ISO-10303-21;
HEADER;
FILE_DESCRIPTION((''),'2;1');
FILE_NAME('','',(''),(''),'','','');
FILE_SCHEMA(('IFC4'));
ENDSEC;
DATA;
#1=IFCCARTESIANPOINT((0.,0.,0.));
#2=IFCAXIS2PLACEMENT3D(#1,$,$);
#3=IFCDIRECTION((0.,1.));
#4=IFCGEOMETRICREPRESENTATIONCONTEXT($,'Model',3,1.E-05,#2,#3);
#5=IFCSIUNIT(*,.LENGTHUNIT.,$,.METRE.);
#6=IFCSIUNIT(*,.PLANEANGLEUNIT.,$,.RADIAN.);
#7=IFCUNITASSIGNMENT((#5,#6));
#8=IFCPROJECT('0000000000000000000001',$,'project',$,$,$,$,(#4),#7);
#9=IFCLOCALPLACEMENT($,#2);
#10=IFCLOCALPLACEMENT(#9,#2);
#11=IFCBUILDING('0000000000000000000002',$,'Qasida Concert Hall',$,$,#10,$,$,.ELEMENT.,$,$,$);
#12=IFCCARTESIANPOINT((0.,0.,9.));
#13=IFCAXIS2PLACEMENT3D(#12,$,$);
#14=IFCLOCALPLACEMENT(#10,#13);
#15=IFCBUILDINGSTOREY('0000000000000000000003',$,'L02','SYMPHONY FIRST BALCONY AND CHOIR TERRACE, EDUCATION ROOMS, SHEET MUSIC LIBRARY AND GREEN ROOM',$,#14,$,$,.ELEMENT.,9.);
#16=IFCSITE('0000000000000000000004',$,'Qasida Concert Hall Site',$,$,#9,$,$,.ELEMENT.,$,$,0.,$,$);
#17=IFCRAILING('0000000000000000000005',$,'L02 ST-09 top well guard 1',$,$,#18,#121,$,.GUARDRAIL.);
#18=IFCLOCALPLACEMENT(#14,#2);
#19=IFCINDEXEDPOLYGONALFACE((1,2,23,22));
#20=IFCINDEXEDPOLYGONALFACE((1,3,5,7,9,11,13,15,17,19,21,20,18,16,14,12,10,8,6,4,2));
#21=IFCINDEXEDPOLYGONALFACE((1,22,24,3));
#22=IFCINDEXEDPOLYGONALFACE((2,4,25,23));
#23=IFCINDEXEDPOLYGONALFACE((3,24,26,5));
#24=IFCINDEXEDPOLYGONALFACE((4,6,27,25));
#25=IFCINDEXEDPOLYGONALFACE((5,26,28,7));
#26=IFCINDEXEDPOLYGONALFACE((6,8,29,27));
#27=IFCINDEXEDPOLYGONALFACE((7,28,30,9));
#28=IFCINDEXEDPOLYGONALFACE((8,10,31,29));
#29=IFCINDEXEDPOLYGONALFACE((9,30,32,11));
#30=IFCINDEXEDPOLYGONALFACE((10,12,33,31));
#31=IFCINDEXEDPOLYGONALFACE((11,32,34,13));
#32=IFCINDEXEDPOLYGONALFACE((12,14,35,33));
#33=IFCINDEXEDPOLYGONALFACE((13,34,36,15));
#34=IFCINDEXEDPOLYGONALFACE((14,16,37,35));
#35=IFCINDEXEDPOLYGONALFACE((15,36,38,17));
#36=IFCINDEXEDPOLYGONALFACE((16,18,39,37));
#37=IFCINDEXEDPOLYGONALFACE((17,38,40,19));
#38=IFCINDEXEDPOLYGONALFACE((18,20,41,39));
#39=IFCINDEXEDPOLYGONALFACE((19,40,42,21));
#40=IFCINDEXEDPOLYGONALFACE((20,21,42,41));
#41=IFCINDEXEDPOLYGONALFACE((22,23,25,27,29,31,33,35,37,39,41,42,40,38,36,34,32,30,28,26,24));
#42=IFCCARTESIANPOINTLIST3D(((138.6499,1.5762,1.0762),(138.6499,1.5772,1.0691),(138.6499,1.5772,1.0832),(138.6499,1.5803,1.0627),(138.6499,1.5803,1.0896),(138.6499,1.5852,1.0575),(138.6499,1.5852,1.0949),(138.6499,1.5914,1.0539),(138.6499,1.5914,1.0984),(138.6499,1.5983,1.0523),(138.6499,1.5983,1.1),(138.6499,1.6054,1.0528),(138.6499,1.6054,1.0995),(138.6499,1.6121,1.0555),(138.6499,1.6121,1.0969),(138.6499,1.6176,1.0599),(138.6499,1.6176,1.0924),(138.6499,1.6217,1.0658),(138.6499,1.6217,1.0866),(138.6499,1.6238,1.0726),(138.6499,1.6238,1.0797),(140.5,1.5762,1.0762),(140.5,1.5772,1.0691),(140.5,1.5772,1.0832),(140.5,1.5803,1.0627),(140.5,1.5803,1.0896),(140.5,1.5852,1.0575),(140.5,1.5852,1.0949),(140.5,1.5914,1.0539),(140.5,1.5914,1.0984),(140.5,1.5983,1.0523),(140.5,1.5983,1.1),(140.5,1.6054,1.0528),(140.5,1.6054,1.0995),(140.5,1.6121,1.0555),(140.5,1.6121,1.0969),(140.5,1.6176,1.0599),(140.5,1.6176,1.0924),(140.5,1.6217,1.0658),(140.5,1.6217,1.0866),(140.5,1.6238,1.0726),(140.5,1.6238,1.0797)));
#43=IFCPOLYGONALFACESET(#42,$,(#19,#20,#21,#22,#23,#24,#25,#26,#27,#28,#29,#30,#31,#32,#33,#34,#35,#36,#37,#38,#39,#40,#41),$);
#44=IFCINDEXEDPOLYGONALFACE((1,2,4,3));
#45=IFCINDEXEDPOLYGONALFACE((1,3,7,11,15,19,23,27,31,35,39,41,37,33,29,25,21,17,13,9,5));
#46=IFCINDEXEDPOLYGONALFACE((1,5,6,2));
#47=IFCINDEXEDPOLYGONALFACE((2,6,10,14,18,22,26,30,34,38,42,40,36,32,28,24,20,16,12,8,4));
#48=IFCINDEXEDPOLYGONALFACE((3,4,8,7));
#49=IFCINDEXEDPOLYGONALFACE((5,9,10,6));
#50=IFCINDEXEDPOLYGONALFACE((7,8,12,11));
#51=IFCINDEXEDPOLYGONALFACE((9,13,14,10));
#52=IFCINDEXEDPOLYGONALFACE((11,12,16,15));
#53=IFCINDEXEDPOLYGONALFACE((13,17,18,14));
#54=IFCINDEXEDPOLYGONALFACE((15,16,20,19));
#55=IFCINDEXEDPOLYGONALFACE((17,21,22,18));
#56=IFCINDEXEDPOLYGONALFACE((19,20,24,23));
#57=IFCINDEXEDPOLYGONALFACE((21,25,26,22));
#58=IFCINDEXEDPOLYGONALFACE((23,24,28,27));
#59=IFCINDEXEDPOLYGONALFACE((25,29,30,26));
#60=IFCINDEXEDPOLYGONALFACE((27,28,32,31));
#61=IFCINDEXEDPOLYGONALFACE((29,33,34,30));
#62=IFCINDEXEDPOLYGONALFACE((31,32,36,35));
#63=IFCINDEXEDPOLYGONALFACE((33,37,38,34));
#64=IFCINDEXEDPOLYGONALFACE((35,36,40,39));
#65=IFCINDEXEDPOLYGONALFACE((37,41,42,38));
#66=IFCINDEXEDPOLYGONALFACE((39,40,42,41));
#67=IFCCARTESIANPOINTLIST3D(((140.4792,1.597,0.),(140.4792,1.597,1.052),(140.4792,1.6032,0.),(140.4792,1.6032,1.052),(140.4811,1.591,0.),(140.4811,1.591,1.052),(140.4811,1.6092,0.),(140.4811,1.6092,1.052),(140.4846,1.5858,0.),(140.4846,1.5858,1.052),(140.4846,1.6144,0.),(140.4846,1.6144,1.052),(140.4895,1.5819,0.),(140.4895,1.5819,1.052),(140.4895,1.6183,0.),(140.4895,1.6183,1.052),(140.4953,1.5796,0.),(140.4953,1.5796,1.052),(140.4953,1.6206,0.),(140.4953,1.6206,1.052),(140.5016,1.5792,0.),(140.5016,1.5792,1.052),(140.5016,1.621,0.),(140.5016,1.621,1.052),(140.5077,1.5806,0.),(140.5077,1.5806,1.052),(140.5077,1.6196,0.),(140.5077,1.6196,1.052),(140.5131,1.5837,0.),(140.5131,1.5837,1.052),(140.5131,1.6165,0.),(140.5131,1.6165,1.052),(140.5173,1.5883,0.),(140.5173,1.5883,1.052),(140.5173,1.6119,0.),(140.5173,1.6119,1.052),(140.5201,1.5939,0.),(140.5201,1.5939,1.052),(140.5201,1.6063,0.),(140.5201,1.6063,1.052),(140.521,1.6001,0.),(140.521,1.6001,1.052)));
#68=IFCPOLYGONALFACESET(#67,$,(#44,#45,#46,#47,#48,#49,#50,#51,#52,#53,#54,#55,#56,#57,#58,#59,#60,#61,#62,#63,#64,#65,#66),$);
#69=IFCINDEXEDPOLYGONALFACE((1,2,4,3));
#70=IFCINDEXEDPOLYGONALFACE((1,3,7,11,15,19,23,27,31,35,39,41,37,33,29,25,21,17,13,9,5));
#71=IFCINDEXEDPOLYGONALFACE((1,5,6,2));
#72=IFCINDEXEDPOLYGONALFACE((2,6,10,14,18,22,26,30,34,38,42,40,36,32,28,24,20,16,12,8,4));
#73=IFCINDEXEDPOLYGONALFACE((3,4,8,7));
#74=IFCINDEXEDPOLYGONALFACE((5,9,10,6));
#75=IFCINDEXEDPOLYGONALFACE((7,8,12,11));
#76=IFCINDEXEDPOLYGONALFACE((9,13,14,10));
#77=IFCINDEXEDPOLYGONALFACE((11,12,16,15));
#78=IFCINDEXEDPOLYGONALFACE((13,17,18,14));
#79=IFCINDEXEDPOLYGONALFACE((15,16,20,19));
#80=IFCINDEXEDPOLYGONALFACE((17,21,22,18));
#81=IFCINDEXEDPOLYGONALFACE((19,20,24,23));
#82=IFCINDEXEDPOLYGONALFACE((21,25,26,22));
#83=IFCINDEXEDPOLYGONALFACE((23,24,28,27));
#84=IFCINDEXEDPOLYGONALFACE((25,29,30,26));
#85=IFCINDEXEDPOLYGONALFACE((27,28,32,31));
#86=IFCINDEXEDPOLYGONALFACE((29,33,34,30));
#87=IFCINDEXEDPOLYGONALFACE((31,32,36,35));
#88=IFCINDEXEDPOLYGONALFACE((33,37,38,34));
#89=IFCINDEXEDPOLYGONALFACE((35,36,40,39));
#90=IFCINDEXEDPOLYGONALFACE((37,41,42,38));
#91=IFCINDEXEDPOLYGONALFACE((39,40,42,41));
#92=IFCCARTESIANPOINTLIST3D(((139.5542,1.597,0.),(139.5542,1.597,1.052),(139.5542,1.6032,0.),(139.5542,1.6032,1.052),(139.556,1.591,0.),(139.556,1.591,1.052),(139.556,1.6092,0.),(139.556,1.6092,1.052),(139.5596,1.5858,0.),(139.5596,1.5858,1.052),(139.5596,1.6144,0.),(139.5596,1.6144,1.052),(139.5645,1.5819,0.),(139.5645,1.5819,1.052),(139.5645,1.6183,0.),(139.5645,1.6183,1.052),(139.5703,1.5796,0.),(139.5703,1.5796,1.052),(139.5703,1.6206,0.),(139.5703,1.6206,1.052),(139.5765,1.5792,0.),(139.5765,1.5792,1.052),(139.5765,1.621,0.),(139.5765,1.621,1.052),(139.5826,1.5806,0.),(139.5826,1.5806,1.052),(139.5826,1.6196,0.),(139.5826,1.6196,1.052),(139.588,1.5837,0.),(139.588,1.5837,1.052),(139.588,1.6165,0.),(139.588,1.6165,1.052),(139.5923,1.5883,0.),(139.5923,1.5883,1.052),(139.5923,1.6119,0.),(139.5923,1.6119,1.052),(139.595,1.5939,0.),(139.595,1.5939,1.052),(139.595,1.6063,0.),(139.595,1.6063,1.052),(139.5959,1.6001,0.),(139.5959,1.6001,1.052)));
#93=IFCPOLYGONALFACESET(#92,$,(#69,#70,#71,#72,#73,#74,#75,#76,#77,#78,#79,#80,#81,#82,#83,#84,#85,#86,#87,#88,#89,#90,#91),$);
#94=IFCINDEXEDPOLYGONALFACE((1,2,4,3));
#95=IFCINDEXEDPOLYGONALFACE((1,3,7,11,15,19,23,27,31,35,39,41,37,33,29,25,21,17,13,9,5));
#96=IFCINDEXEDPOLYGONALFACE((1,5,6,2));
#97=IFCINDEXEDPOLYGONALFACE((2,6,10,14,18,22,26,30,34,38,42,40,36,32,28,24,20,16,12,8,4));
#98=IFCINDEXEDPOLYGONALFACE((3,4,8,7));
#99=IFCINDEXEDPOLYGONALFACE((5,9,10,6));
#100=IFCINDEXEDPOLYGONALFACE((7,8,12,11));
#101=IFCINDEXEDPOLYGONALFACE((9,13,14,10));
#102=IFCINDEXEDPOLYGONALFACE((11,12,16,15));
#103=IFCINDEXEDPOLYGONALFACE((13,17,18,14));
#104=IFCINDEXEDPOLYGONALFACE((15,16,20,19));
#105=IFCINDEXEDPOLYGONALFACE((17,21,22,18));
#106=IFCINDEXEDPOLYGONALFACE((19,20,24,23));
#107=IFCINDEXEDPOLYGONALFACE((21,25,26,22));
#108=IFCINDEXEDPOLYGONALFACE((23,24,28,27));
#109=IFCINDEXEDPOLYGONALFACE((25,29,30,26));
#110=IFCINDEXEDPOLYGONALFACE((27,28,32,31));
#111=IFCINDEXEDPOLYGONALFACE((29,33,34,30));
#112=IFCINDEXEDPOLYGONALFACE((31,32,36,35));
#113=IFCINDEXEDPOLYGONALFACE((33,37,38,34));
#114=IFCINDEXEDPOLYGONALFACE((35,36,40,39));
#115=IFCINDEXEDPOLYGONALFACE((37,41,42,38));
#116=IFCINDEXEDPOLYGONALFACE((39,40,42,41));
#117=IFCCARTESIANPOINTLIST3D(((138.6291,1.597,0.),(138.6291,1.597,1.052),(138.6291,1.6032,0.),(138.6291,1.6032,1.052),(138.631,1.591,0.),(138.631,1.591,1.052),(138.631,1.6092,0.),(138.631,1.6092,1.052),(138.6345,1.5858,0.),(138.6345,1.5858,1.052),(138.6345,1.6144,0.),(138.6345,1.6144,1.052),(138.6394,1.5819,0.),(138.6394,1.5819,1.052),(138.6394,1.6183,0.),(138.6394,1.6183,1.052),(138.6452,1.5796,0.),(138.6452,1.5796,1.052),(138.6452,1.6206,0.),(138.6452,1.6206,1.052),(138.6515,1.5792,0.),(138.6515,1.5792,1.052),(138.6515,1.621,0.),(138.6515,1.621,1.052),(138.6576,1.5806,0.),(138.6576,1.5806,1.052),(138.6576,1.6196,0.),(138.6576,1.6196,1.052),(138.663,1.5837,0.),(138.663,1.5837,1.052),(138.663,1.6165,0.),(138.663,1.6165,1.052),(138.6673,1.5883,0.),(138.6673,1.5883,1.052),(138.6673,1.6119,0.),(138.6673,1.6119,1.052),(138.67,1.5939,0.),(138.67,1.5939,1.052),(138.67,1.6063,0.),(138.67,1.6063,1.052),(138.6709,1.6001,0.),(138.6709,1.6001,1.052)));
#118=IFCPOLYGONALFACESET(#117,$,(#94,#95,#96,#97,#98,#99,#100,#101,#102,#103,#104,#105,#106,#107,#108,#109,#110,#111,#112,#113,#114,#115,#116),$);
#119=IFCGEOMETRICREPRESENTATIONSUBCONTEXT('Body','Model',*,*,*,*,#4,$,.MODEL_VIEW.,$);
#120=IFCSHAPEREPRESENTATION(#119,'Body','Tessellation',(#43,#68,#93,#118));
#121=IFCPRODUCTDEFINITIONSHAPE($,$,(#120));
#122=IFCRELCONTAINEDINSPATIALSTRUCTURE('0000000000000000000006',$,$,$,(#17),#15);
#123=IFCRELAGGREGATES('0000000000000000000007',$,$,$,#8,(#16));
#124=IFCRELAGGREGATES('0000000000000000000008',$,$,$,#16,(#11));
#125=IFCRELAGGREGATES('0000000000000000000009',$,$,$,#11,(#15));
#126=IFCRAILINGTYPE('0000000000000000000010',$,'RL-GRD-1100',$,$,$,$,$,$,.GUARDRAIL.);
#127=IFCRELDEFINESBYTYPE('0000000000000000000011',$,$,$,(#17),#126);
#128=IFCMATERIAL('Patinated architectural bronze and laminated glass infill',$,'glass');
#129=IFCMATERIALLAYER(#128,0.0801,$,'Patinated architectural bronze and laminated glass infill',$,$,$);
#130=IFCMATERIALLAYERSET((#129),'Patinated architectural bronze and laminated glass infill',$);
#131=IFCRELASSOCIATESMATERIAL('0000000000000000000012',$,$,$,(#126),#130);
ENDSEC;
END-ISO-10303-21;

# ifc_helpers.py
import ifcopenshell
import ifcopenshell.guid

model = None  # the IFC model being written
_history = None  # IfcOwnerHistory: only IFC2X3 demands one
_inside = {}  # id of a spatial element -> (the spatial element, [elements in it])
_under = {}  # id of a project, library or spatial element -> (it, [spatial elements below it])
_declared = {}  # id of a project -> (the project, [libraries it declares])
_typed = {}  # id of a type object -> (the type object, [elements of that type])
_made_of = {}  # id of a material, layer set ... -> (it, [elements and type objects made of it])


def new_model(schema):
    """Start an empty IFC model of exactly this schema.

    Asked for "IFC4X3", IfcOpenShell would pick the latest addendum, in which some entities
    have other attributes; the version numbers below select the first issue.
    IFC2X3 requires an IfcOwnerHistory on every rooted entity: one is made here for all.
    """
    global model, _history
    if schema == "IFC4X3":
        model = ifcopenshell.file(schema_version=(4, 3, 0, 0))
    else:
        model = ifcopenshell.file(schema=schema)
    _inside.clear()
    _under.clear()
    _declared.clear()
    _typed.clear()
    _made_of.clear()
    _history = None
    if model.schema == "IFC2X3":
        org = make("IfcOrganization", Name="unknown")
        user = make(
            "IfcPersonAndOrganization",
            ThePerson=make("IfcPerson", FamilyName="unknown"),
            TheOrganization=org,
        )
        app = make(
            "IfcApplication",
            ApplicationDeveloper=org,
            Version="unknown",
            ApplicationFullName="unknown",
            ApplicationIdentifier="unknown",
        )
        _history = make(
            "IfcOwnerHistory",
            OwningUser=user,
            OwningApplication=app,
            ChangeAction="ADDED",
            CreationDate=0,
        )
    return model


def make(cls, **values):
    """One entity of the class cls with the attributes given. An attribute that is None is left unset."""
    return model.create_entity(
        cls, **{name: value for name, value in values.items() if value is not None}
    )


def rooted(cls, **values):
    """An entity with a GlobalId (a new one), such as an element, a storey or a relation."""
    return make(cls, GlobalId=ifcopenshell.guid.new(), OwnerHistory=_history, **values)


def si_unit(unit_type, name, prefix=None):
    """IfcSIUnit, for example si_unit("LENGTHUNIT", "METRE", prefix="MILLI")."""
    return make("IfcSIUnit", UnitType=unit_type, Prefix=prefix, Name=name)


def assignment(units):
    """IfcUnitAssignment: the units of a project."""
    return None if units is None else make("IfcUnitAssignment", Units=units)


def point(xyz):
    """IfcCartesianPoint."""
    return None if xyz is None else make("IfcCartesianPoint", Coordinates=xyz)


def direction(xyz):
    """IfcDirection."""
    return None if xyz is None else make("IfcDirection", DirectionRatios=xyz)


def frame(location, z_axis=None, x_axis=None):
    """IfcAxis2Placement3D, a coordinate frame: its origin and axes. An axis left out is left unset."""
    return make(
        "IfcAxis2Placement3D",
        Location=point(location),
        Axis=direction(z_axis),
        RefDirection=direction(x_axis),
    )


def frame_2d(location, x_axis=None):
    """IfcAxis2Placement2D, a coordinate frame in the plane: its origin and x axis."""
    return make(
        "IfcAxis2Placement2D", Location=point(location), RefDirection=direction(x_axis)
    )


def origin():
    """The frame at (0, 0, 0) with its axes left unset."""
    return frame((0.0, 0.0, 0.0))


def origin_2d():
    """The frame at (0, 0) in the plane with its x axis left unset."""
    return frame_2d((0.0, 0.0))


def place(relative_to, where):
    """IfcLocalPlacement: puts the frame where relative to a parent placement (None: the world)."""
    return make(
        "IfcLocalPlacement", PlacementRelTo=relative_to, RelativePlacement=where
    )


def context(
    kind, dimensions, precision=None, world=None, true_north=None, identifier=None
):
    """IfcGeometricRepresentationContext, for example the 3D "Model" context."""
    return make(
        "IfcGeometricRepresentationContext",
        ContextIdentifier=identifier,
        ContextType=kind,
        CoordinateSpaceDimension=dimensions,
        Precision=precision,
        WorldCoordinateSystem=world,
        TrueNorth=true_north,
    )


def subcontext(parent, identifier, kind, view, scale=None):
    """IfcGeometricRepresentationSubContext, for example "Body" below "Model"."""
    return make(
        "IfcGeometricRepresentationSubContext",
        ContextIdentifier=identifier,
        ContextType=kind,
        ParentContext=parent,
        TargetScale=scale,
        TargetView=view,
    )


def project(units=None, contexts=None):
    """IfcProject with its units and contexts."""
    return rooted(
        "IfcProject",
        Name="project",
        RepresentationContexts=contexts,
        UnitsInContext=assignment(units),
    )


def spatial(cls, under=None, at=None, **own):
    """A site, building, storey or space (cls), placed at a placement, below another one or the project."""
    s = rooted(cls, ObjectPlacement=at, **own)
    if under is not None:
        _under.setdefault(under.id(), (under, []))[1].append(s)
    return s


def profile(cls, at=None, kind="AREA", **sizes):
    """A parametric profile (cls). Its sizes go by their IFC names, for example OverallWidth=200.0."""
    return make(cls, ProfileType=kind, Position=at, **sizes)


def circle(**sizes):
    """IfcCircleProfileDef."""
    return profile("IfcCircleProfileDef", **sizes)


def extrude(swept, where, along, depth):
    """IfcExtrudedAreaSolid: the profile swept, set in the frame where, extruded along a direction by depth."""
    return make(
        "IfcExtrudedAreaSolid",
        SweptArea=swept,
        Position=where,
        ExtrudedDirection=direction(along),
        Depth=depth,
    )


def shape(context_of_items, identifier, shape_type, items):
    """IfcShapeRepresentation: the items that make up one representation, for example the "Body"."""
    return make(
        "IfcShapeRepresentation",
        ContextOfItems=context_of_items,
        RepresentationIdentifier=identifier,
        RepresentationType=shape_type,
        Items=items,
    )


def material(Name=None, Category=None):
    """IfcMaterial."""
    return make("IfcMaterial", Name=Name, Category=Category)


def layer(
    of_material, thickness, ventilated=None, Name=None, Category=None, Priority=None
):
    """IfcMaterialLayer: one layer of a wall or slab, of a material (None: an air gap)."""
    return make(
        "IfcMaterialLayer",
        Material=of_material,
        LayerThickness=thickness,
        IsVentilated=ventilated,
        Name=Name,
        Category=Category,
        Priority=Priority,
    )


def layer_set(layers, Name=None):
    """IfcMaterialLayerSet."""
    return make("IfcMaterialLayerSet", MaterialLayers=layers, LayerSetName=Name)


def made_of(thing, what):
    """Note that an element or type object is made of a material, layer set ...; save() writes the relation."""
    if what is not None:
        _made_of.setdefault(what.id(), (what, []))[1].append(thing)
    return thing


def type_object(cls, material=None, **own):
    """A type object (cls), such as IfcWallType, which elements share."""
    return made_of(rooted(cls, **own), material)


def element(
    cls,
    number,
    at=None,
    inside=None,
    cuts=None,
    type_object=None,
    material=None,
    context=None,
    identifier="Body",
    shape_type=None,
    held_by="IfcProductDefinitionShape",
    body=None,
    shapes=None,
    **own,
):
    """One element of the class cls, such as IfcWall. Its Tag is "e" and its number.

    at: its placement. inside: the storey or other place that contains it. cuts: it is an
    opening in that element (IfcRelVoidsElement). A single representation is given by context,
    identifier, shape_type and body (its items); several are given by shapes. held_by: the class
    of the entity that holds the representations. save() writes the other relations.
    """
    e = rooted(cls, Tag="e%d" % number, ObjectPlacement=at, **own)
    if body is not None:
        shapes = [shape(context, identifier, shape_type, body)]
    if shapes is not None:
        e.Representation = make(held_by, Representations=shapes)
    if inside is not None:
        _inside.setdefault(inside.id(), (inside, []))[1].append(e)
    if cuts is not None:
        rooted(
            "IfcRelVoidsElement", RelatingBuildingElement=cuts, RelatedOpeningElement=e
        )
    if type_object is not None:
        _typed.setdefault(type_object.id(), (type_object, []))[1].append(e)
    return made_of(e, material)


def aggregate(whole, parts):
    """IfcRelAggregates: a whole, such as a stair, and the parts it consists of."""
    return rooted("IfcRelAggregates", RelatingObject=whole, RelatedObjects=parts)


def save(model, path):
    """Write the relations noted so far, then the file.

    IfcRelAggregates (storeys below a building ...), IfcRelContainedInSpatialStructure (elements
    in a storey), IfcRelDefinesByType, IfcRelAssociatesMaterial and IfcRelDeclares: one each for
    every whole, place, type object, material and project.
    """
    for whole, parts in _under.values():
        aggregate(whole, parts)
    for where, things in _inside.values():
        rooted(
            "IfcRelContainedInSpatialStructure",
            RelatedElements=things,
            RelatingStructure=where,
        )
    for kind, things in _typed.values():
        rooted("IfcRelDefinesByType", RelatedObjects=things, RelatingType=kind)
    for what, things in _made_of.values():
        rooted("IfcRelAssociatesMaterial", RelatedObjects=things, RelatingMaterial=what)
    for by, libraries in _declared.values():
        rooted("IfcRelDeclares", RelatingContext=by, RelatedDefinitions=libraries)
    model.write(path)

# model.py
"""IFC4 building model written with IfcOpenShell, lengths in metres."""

from ifc_helpers import new_model, si_unit, direction, frame, origin, origin_2d, place, context, subcontext, project, spatial, circle, extrude, material, layer, layer_set, type_object, element, save


model = new_model("IFC4")

# Units and contexts
model_context = context("Model", 3, precision=1e-05, world=origin(), true_north=direction((0.0, 1.0)))
body_context = subcontext(model_context, "Body", "Model", "MODEL_VIEW")
ifc_project = project(units=[si_unit("LENGTHUNIT", "METRE"), si_unit("PLANEANGLEUNIT", "RADIAN")], contexts=[model_context])

# Site, building, storey
site_placement = place(None, origin())
site = spatial("IfcSite", under=ifc_project, at=site_placement, Name="Qasida Concert Hall Site", CompositionType="ELEMENT", RefElevation=0.0)
building_placement = place(site_placement, origin())
building = spatial("IfcBuilding", under=site, at=building_placement, Name="Qasida Concert Hall", CompositionType="ELEMENT")
storey_placement = place(building_placement, frame((0.0, 0.0, 9.0)))
storey = spatial("IfcBuildingStorey", under=building, at=storey_placement, Name="L02", Description="SYMPHONY FIRST BALCONY AND CHOIR TERRACE, EDUCATION ROOMS, SHEET MUSIC LIBRARY AND GREEN ROOM", CompositionType="ELEMENT", Elevation=9.0)

# Railing
ifc_material_1 = material(Name="Patinated architectural bronze and laminated glass infill", Category="glass")
ifc_layer_1 = layer(ifc_material_1, 0.0801, Name="Patinated architectural bronze and laminated glass infill")
ifc_layer_set_1 = layer_set([ifc_layer_1], Name="Patinated architectural bronze and laminated glass infill")
railing_type = type_object("IfcRailingType", Name="RL-GRD-1100", PredefinedType="GUARDRAIL", material=ifc_layer_set_1)
railing_placement = place(storey_placement, frame((140.5, 1.6001, 0.0)))
element("IfcRailing", 1, at=railing_placement, inside=storey, type_object=railing_type, Name="L02 ST-09 top well guard 1", PredefinedType="GUARDRAIL", context=body_context, shape_type="SweptSolid", body=[
    extrude(circle(Radius=0.0239, at=origin_2d()), frame((0.0, 0.0, 1.0762), z_axis=(-1.0, 0.0, 0.0), x_axis=(0.0, -1.0, 0.0)), (0.0, 0.0, 1.0), 1.8501),
    extrude(circle(Radius=0.021, at=origin_2d()), origin(), (0.0, 0.0, 1.0), 1.052),
    extrude(circle(Radius=0.021, at=origin_2d()), frame((-0.925, 0.0, 0.0)), (0.0, 0.0, 1.0), 1.052),
    extrude(circle(Radius=0.021, at=origin_2d()), frame((-1.8501, 0.0, 0.0)), (0.0, 0.0, 1.0), 1.052),
])

save(model, "model.ifc")
